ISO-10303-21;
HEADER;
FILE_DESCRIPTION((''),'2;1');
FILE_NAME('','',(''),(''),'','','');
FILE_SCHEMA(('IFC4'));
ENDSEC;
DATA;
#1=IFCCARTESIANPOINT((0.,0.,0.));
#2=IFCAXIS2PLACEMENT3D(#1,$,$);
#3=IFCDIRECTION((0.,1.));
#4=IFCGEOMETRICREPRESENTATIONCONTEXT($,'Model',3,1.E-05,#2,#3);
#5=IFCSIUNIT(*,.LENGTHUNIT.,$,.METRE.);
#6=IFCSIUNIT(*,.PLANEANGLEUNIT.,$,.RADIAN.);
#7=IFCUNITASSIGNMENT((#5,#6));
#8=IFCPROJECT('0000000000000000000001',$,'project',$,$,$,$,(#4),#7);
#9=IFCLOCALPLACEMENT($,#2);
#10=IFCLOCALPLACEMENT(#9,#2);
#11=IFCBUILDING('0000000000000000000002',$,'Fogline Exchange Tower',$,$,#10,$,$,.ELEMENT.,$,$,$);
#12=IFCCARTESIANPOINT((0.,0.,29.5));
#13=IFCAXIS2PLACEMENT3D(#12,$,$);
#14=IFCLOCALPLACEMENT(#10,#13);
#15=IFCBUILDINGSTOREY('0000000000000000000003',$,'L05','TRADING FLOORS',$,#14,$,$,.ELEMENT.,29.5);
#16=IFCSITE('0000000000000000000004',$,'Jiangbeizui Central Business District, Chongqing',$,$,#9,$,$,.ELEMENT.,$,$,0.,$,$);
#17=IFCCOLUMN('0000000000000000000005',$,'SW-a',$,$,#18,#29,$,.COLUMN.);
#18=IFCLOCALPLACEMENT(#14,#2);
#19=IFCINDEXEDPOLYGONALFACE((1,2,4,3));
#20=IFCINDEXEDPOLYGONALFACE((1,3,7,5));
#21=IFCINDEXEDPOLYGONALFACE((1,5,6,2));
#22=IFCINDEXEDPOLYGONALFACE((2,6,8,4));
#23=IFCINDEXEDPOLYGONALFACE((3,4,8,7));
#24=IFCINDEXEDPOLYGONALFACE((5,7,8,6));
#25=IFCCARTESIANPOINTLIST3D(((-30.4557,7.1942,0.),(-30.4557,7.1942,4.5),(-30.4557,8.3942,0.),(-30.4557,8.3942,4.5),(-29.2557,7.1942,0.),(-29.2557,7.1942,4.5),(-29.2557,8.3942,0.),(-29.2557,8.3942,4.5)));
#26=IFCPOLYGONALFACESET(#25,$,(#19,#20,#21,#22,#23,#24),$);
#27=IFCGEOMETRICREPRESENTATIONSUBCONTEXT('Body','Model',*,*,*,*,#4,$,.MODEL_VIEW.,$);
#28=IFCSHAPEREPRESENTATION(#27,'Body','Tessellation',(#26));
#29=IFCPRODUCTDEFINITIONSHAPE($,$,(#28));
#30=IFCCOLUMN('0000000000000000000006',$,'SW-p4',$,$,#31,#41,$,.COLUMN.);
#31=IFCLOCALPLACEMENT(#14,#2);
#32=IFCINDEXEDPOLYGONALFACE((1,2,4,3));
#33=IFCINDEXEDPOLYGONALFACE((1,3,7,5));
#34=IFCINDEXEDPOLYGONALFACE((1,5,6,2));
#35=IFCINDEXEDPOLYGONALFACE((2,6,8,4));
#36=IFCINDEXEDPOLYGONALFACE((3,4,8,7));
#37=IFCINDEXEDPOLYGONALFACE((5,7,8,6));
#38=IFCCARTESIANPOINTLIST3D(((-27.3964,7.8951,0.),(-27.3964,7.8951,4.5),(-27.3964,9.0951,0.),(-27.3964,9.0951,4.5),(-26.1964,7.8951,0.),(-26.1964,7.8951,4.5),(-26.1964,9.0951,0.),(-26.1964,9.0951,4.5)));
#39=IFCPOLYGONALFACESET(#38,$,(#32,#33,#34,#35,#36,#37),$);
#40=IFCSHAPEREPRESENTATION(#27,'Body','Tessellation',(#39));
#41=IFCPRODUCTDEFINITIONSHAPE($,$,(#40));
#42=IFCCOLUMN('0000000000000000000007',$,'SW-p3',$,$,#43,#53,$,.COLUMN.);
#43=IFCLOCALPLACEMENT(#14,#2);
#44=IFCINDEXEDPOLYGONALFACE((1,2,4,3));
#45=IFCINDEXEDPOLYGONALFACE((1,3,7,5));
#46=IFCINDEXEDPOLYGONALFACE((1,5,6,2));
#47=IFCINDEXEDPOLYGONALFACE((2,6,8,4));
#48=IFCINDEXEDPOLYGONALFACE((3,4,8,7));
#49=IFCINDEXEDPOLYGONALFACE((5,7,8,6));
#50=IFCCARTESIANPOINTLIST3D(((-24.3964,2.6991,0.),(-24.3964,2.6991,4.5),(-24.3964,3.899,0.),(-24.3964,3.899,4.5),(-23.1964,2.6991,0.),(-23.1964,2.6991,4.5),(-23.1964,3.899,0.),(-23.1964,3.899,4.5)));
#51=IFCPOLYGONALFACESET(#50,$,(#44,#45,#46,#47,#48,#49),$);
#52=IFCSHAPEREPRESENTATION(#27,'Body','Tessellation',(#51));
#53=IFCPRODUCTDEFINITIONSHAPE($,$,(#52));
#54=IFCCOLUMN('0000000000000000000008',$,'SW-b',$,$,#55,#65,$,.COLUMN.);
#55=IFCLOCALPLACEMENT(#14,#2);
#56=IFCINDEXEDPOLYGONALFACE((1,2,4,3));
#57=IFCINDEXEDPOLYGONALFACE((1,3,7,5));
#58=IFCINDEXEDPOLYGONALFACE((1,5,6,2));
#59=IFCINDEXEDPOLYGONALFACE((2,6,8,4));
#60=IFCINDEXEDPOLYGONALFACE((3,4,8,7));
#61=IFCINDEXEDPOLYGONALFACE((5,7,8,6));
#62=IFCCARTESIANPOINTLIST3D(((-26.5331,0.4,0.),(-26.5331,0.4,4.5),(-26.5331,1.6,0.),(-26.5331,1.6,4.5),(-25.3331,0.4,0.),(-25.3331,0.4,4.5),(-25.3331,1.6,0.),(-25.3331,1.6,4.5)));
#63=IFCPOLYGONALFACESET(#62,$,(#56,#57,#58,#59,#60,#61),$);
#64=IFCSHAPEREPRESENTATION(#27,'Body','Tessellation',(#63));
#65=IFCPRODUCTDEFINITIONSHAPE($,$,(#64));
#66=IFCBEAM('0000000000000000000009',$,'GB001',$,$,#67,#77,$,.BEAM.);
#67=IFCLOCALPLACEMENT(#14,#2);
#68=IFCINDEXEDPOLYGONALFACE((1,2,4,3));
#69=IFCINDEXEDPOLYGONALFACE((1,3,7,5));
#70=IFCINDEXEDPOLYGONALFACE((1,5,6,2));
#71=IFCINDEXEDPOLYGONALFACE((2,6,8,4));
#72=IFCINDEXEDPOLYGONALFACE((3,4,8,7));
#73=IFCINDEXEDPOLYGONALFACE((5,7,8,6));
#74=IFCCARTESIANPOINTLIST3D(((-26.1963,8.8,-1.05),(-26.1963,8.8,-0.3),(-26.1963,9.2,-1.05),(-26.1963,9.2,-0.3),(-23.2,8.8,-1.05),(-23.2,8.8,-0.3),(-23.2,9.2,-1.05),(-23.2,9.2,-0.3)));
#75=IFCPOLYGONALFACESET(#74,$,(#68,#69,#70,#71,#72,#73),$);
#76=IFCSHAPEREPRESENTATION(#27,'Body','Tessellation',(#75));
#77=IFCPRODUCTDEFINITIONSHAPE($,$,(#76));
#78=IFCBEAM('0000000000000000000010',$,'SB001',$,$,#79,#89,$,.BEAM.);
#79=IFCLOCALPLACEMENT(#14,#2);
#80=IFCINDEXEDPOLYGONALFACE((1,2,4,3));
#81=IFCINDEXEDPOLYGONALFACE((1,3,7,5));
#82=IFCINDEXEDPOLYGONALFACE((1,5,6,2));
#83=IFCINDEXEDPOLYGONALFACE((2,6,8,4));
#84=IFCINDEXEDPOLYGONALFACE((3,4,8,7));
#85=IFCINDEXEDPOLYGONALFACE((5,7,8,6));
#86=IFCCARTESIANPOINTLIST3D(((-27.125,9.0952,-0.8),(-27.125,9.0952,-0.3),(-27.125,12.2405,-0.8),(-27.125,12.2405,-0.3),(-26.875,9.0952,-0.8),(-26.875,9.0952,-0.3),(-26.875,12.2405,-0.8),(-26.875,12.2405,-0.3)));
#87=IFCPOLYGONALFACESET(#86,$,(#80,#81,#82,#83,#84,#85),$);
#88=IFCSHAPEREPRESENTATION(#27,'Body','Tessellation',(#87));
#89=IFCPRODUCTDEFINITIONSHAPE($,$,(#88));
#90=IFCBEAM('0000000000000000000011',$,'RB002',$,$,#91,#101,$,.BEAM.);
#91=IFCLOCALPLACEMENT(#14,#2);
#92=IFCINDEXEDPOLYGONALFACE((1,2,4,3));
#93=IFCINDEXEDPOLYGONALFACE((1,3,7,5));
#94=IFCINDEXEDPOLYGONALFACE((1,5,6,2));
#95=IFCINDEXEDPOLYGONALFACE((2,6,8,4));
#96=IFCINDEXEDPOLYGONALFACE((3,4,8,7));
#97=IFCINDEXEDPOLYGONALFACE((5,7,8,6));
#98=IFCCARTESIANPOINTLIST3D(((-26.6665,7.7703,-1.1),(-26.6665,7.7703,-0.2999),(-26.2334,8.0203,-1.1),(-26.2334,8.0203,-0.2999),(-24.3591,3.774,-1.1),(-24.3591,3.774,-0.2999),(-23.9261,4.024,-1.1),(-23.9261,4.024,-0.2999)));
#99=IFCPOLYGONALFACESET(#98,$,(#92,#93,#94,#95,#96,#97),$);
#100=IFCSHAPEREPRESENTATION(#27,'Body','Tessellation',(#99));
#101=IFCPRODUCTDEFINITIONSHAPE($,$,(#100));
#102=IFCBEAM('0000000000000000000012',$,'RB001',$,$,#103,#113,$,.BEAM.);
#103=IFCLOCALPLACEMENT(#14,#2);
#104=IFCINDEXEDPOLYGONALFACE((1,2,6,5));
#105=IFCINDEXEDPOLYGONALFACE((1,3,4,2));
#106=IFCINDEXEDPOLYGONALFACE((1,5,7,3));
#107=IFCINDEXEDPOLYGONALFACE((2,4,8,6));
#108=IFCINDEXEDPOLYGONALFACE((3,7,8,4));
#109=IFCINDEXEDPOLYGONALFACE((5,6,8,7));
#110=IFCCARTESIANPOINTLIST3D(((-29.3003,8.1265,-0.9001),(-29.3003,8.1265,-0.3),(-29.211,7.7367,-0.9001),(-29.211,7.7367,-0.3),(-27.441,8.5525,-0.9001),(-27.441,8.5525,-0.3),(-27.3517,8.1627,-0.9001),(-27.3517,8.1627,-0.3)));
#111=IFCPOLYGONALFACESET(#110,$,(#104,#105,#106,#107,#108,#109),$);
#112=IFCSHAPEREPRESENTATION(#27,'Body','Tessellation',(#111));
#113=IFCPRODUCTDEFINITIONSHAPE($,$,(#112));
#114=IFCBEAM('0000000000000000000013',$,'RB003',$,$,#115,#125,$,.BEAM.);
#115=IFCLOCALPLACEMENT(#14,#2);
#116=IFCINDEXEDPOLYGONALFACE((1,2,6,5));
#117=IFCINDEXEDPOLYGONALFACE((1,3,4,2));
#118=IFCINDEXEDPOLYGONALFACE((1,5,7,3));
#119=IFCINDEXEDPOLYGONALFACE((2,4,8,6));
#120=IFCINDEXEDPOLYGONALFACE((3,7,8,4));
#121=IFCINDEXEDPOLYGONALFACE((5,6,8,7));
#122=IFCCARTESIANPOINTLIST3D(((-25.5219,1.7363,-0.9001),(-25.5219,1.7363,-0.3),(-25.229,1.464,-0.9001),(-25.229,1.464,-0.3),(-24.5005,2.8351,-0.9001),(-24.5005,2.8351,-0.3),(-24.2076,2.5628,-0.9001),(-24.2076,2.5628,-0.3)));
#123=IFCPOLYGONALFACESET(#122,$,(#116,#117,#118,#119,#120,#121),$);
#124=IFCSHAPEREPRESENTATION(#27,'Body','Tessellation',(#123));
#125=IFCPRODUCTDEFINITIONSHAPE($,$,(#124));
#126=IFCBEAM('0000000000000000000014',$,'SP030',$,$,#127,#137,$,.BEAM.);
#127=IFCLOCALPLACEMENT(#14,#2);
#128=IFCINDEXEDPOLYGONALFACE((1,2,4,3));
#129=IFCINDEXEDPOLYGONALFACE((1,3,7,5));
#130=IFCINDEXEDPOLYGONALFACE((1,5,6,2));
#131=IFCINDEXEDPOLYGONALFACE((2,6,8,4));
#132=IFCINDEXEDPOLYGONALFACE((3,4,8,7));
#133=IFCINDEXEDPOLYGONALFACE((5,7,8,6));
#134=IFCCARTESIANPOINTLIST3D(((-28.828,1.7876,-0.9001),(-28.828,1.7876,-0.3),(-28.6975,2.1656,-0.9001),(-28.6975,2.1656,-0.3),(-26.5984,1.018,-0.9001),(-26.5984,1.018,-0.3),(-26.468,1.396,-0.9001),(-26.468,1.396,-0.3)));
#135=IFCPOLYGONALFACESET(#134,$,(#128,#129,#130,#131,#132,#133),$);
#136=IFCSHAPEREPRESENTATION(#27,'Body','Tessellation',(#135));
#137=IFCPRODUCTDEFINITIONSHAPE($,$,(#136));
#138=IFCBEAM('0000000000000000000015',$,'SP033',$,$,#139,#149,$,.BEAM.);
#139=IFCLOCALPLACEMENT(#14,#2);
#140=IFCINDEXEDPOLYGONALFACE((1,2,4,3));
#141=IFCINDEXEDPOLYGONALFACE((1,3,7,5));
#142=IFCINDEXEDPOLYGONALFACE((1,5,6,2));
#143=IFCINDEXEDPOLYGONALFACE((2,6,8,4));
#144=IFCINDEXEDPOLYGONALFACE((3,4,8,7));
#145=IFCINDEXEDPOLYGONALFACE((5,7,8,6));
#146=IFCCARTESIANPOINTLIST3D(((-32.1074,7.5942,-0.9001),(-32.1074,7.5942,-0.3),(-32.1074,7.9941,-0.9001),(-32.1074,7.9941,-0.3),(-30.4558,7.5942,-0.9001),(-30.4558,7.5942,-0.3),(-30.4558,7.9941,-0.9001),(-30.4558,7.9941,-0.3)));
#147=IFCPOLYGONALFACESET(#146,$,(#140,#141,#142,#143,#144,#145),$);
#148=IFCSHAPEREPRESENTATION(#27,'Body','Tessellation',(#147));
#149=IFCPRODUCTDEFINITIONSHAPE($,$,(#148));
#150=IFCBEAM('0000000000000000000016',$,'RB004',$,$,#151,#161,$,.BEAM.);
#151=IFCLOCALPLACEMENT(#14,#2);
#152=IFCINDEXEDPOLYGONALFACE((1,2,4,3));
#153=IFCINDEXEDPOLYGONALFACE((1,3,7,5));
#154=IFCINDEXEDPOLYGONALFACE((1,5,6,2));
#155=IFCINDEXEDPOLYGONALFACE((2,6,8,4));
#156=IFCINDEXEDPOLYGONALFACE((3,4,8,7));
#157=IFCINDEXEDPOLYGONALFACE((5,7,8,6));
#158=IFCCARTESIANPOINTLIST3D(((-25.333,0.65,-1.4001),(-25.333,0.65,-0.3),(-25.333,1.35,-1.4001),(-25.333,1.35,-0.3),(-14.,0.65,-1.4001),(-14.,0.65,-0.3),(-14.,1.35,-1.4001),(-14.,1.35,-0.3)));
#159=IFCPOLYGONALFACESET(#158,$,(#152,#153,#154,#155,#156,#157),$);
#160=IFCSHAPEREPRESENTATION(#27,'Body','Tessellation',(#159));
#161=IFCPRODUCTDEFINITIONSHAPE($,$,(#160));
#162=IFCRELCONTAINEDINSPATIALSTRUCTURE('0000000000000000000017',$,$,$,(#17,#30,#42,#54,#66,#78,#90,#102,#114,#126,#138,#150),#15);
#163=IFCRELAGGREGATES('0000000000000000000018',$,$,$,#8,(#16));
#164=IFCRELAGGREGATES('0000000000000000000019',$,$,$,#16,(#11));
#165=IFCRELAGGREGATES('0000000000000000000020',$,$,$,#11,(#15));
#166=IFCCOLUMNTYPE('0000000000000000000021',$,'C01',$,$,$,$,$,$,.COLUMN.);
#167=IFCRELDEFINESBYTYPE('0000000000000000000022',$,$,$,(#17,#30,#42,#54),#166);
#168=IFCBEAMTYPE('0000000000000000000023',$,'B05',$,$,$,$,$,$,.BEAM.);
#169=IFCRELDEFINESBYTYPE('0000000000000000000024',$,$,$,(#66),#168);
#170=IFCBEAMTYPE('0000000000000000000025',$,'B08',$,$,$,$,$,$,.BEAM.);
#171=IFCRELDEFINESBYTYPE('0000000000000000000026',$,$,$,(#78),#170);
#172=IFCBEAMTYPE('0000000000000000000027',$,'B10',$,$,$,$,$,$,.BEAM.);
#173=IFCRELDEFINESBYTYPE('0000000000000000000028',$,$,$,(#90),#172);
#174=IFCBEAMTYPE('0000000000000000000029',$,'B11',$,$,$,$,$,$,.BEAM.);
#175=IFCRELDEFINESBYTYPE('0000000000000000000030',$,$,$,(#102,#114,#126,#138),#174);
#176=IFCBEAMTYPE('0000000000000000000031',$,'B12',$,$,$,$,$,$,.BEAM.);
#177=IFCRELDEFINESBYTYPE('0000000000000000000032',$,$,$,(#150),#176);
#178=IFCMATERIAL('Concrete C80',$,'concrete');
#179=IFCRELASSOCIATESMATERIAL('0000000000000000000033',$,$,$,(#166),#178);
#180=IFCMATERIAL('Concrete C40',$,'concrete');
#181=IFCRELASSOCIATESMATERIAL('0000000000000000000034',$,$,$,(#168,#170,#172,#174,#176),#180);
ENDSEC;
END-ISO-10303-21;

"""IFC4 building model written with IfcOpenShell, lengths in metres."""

from ifc_helpers import new_model, si_unit, direction, frame, origin, origin_2d, place, context, subcontext, project, spatial, rectangle, extrude, material, material_profile, profile_set, type_object, element, save


model = new_model("IFC4")

# Units and contexts
model_context = context("Model", 3, precision=1e-05, world=origin(), true_north=direction((0.0, 1.0)))
body_context = subcontext(model_context, "Body", "Model", "MODEL_VIEW")
ifc_project = project(units=[si_unit("LENGTHUNIT", "METRE"), si_unit("PLANEANGLEUNIT", "RADIAN")], contexts=[model_context])

# Site, building, storey
site_placement = place(None, origin())
site = spatial("IfcSite", under=ifc_project, at=site_placement, Name="Jiangbeizui Central Business District, Chongqing", CompositionType="ELEMENT", RefElevation=0.0)
building_placement = place(site_placement, origin())
building = spatial("IfcBuilding", under=site, at=building_placement, Name="Fogline Exchange Tower", CompositionType="ELEMENT")
storey_placement = place(building_placement, frame((0.0, 0.0, 29.5)))
storey = spatial("IfcBuildingStorey", under=building, at=storey_placement, Name="L05", Description="TRADING FLOORS", CompositionType="ELEMENT", Elevation=29.5)

# Columns
ifc_material_1 = material(Name="Concrete C80", Category="concrete")
ifc_material_profile_1 = material_profile(ifc_material_1, rectangle(XDim=1.2, YDim=1.2, at=origin_2d()), Name="RC 1200x1200")
ifc_profile_set_1 = profile_set([ifc_material_profile_1], Name="Concrete C80")
column_type = type_object("IfcColumnType", Name="C01", PredefinedType="COLUMN", material=ifc_profile_set_1)
for number, where, z_axis, x_axis, name in (
    (1, (-29.8557, 7.7942, 0.0), (0.0, 0.0, 1.0), (1.0, 0.0, 0.0), "SW-a"),
    (2, (-26.7964, 8.4951, 0.0), (0.0, 0.0, 1.0), (1.0, 0.0, 0.0), "SW-p4"),
    (3, (-23.7964, 3.2991, 0.0), (0.0, 0.0, 1.0), (1.0, 0.0, 0.0), "SW-p3"),
    (4, (-25.9331, 1.0, 0.0), (0.0, 0.0, 1.0), (1.0, 0.0, 0.0), "SW-b"),
):
    element("IfcColumn", number, at=place(storey_placement, frame(where, z_axis=z_axis, x_axis=x_axis)), inside=storey, type_object=column_type, Name=name, PredefinedType="COLUMN", context=body_context, shape_type="SweptSolid", body=[
        extrude(rectangle(XDim=1.2, YDim=1.2, at=origin_2d()), origin(), (0.0, 0.0, 1.0), 4.5),
    ])

# Beams
ifc_material_2 = material(Name="Concrete C40", Category="concrete")
ifc_material_profile_2 = material_profile(ifc_material_2, rectangle(XDim=0.3999, YDim=0.75, at=origin_2d()), Name="RC 400x750")
ifc_profile_set_2 = profile_set([ifc_material_profile_2], Name="Concrete C40")
beam_type_1 = type_object("IfcBeamType", Name="B05", PredefinedType="BEAM", material=ifc_profile_set_2)
beam_1_placement = place(storey_placement, frame((-26.1963, 9.0, -0.675), z_axis=(1.0, 0.0, 0.0), x_axis=(0.0, 1.0, 0.0)))
element("IfcBeam", 5, at=beam_1_placement, inside=storey, type_object=beam_type_1, Name="GB001", PredefinedType="BEAM", context=body_context, shape_type="SweptSolid", body=[
    extrude(rectangle(XDim=0.3999, YDim=0.75, at=origin_2d()), origin(), (0.0, 0.0, 1.0), 2.9963),
])
ifc_material_profile_3 = material_profile(ifc_material_2, rectangle(XDim=0.25, YDim=0.5, at=origin_2d()), Name="RC 250x500")
ifc_profile_set_3 = profile_set([ifc_material_profile_3], Name="Concrete C40")
beam_type_2 = type_object("IfcBeamType", Name="B08", PredefinedType="BEAM", material=ifc_profile_set_3)
beam_2_placement = place(storey_placement, frame((-27.0, 9.0952, -0.55), z_axis=(0.0, 1.0, 0.0), x_axis=(-1.0, 0.0, 0.0)))
element("IfcBeam", 6, at=beam_2_placement, inside=storey, type_object=beam_type_2, Name="SB001", PredefinedType="BEAM", context=body_context, shape_type="SweptSolid", body=[
    extrude(rectangle(XDim=0.25, YDim=0.5, at=origin_2d()), origin(), (0.0, 0.0, 1.0), 3.1453),
])
ifc_material_profile_4 = material_profile(ifc_material_2, rectangle(XDim=0.5, YDim=0.8, at=origin_2d()), Name="RC 500x800")
ifc_profile_set_4 = profile_set([ifc_material_profile_4], Name="Concrete C40")
beam_type_3 = type_object("IfcBeamType", Name="B10", PredefinedType="BEAM", material=ifc_profile_set_4)
beam_3_placement = place(storey_placement, frame((-26.45, 7.8953, -0.7), z_axis=(0.500014, -0.866017, 0.0), x_axis=(0.866017, 0.500014, 0.0)))
element("IfcBeam", 7, at=beam_3_placement, inside=storey, type_object=beam_type_3, Name="RB002", PredefinedType="BEAM", context=body_context, shape_type="SweptSolid", body=[
    extrude(rectangle(XDim=0.5, YDim=0.8, at=origin_2d()), origin(), (0.0, 0.0, 1.0), 4.6145),
])
ifc_material_profile_5 = material_profile(ifc_material_2, rectangle(XDim=0.3999, YDim=0.6001, at=origin_2d()), Name="RC 400x600")
ifc_profile_set_5 = profile_set([ifc_material_profile_5], Name="Concrete C40")
beam_type_4 = type_object("IfcBeamType", Name="B11", PredefinedType="BEAM", material=ifc_profile_set_5)
beam_4_placement = place(storey_placement, frame((-29.2556, 7.9316, -0.6001), z_axis=(0.974742, 0.223336, 0.0), x_axis=(-0.223336, 0.974742, 0.0)))
element("IfcBeam", 8, at=beam_4_placement, inside=storey, type_object=beam_type_4, Name="RB001", PredefinedType="BEAM", context=body_context, shape_type="SweptSolid", body=[
    extrude(rectangle(XDim=0.3999, YDim=0.6001, at=origin_2d()), origin(), (0.0, 0.0, 1.0), 1.9075),
])
beam_5_placement = place(storey_placement, frame((-24.354, 2.699, -0.6001), z_axis=(-0.680844, -0.732428, 0.0), x_axis=(0.732428, -0.680844, 0.0)))
element("IfcBeam", 9, at=beam_5_placement, inside=storey, type_object=beam_type_4, Name="RB003", PredefinedType="BEAM", context=body_context, shape_type="SweptSolid", body=[
    extrude(rectangle(XDim=0.3999, YDim=0.6001, at=origin_2d()), origin(), (0.0, 0.0, 1.0), 1.5002),
])
beam_6_placement = place(storey_placement, frame((-26.5332, 1.207, -0.6001), z_axis=(-0.945276, 0.326271, 0.0), x_axis=(-0.326271, -0.945276, 0.0)))
element("IfcBeam", 10, at=beam_6_placement, inside=storey, type_object=beam_type_4, Name="SP030", PredefinedType="BEAM", context=body_context, shape_type="SweptSolid", body=[
    extrude(rectangle(XDim=0.3999, YDim=0.6001, at=origin_2d()), origin(), (0.0, 0.0, 1.0), 2.3586),
])
beam_7_placement = place(storey_placement, frame((-30.4558, 7.7942, -0.6001), z_axis=(-1.0, 0.0, 0.0), x_axis=(0.0, -1.0, 0.0)))
element("IfcBeam", 11, at=beam_7_placement, inside=storey, type_object=beam_type_4, Name="SP033", PredefinedType="BEAM", context=body_context, shape_type="SweptSolid", body=[
    extrude(rectangle(XDim=0.3999, YDim=0.6001, at=origin_2d()), origin(), (0.0, 0.0, 1.0), 1.6516),
])
ifc_material_profile_6 = material_profile(ifc_material_2, rectangle(XDim=0.7, YDim=1.1001, at=origin_2d()), Name="RC 700x1100")
ifc_profile_set_6 = profile_set([ifc_material_profile_6], Name="Concrete C40")
beam_type_5 = type_object("IfcBeamType", Name="B12", PredefinedType="BEAM", material=ifc_profile_set_6)
beam_8_placement = place(storey_placement, frame((-25.333, 1.0, -0.8501), z_axis=(1.0, 0.0, 0.0), x_axis=(0.0, 1.0, 0.0)))
element("IfcBeam", 12, at=beam_8_placement, inside=storey, type_object=beam_type_5, Name="RB004", PredefinedType="BEAM", context=body_context, shape_type="SweptSolid", body=[
    extrude(rectangle(XDim=0.7, YDim=1.1001, at=origin_2d()), origin(), (0.0, 0.0, 1.0), 11.333),
])

save(model, "model.ifc")
